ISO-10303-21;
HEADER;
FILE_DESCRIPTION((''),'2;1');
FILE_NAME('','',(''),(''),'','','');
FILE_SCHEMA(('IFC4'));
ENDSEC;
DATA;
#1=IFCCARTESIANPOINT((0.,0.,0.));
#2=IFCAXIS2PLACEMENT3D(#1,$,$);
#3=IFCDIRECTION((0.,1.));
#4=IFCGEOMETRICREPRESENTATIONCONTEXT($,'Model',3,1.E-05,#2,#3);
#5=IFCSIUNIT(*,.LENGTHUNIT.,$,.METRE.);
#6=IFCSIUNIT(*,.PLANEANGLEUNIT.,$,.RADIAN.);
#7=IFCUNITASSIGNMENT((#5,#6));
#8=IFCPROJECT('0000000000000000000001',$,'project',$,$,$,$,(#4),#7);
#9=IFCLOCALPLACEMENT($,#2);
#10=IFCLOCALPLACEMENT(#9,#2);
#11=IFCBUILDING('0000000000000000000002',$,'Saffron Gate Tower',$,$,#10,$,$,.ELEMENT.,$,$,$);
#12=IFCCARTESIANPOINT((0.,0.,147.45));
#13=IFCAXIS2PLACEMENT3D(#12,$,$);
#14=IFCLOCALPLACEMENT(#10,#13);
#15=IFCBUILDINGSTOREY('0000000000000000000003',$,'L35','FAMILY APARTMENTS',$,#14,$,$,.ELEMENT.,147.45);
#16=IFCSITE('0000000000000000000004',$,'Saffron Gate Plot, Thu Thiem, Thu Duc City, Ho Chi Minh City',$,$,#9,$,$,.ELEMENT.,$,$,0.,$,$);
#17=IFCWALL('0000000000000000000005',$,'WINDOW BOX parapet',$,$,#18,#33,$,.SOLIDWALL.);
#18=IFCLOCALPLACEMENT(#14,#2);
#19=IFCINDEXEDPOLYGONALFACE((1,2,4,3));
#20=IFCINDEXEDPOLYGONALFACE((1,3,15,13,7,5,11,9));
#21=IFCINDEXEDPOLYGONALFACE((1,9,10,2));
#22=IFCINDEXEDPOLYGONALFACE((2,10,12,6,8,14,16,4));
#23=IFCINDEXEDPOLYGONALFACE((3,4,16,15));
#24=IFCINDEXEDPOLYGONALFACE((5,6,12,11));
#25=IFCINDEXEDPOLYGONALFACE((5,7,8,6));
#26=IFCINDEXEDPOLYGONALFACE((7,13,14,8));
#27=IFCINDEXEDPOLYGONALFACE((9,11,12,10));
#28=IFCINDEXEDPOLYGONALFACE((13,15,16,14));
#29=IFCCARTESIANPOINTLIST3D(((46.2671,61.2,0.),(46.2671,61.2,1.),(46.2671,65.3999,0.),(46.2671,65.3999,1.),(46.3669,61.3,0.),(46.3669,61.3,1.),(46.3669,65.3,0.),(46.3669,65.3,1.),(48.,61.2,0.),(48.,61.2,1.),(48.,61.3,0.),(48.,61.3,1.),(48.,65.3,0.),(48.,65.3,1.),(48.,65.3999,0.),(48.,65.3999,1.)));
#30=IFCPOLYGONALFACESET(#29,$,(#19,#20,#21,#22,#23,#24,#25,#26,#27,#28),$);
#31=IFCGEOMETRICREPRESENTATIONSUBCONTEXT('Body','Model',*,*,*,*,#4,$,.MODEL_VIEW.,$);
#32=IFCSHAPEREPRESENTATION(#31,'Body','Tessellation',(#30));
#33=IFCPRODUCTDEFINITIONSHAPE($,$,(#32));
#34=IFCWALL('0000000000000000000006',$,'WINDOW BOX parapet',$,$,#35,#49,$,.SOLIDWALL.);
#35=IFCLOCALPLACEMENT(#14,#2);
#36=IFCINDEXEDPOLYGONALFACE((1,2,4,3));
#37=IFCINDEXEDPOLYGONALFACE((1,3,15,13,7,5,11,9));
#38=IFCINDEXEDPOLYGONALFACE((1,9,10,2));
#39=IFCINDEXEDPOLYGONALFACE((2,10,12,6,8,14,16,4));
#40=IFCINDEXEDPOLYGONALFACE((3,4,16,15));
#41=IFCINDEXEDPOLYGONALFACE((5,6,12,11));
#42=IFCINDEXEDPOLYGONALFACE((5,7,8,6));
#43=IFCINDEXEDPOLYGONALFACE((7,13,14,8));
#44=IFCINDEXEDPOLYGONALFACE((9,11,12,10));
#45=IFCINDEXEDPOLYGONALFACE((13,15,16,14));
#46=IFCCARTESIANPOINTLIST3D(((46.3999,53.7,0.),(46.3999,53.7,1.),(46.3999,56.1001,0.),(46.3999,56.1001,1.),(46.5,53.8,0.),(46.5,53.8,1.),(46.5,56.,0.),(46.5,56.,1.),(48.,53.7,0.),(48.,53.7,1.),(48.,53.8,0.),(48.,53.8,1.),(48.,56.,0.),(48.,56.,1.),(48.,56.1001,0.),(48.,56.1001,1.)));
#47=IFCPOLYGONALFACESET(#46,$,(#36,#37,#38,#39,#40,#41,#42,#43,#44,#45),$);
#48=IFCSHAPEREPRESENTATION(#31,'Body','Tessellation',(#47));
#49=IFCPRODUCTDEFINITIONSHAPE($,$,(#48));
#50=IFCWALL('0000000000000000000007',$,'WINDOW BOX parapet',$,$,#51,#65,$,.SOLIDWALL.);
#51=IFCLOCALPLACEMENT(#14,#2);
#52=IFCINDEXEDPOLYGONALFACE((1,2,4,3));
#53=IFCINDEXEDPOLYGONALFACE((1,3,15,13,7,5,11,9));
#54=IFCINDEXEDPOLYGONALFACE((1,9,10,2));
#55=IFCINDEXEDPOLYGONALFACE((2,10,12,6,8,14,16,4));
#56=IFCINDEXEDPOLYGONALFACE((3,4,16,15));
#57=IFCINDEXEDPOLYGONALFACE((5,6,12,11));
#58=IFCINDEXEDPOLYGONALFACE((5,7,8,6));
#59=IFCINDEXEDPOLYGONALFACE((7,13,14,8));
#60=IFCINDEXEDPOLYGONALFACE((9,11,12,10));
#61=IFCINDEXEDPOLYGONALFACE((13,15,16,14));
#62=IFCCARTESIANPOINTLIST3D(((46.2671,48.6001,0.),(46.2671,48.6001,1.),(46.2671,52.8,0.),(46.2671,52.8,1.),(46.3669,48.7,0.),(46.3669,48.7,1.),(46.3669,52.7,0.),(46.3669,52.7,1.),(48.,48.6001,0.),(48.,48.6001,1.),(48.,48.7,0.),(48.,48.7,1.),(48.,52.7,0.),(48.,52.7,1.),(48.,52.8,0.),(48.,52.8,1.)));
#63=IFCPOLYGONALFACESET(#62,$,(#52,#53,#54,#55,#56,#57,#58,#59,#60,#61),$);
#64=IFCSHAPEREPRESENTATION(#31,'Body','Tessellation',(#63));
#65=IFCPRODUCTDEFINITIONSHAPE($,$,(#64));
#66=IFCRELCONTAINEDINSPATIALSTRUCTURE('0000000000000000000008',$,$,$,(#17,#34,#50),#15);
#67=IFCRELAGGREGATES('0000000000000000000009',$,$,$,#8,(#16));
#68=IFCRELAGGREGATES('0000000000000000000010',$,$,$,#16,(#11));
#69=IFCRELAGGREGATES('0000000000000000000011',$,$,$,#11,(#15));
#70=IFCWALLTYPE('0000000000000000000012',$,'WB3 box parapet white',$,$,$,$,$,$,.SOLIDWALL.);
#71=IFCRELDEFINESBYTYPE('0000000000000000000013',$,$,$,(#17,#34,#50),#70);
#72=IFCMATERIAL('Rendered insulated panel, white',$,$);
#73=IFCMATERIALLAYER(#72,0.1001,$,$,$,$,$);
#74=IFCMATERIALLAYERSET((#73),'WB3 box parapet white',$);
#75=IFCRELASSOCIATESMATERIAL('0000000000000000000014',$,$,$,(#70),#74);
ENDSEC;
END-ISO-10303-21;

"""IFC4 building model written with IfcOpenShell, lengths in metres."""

from ifc_helpers import new_model, si_unit, direction, frame, origin, place, context, subcontext, project, spatial, polyline, outline, extrude, material, layer, layer_set, type_object, element, save


model = new_model("IFC4")

# Units and contexts
model_context = context("Model", 3, precision=1e-05, world=origin(), true_north=direction((0.0, 1.0)))
body_context = subcontext(model_context, "Body", "Model", "MODEL_VIEW")
ifc_project = project(units=[si_unit("LENGTHUNIT", "METRE"), si_unit("PLANEANGLEUNIT", "RADIAN")], contexts=[model_context])

# Site, building, storey
site_placement = place(None, origin())
site = spatial("IfcSite", under=ifc_project, at=site_placement, Name="Saffron Gate Plot, Thu Thiem, Thu Duc City, Ho Chi Minh City", CompositionType="ELEMENT", RefElevation=0.0)
building_placement = place(site_placement, origin())
building = spatial("IfcBuilding", under=site, at=building_placement, Name="Saffron Gate Tower", CompositionType="ELEMENT")
storey_placement = place(building_placement, frame((0.0, 0.0, 147.45)))
storey = spatial("IfcBuildingStorey", under=building, at=storey_placement, Name="L35", Description="FAMILY APARTMENTS", CompositionType="ELEMENT", Elevation=147.45)

# Walls
ifc_material_1 = material(Name="Rendered insulated panel, white")
ifc_layer_1 = layer(ifc_material_1, 0.1001)
ifc_layer_set_1 = layer_set([ifc_layer_1], Name="WB3 box parapet white")
wall_type = type_object("IfcWallType", Name="WB3 box parapet white", PredefinedType="SOLIDWALL", material=ifc_layer_set_1)
wall_1_placement = place(storey_placement, origin())
element("IfcWall", 1, at=wall_1_placement, inside=storey, type_object=wall_type, Name="WINDOW BOX parapet", PredefinedType="SOLIDWALL", context=body_context, shape_type="SweptSolid", body=[
    extrude(outline(polyline([(48.0, 65.3999), (48.0, 65.3), (46.3669, 65.3), (46.3669, 61.3), (48.0, 61.3), (48.0, 61.2), (46.2671, 61.2), (46.2671, 65.3999), (48.0, 65.3999)])), origin(), (0.0, 0.0, 1.0), 1.0),
])
wall_2_placement = place(storey_placement, origin())
element("IfcWall", 2, at=wall_2_placement, inside=storey, type_object=wall_type, Name="WINDOW BOX parapet", PredefinedType="SOLIDWALL", context=body_context, shape_type="SweptSolid", body=[
    extrude(outline(polyline([(48.0, 56.1001), (48.0, 56.0), (46.5, 56.0), (46.5, 53.8), (48.0, 53.8), (48.0, 53.7), (46.3999, 53.7), (46.3999, 56.1001), (48.0, 56.1001)])), origin(), (0.0, 0.0, 1.0), 1.0),
])
wall_3_placement = place(storey_placement, origin())
element("IfcWall", 3, at=wall_3_placement, inside=storey, type_object=wall_type, Name="WINDOW BOX parapet", PredefinedType="SOLIDWALL", context=body_context, shape_type="SweptSolid", body=[
    extrude(outline(polyline([(48.0, 52.8), (48.0, 52.7), (46.3669, 52.7), (46.3669, 48.7), (48.0, 48.7), (48.0, 48.6001), (46.2671, 48.6001), (46.2671, 52.8), (48.0, 52.8)])), origin(), (0.0, 0.0, 1.0), 1.0),
])

save(model, "model.ifc")
